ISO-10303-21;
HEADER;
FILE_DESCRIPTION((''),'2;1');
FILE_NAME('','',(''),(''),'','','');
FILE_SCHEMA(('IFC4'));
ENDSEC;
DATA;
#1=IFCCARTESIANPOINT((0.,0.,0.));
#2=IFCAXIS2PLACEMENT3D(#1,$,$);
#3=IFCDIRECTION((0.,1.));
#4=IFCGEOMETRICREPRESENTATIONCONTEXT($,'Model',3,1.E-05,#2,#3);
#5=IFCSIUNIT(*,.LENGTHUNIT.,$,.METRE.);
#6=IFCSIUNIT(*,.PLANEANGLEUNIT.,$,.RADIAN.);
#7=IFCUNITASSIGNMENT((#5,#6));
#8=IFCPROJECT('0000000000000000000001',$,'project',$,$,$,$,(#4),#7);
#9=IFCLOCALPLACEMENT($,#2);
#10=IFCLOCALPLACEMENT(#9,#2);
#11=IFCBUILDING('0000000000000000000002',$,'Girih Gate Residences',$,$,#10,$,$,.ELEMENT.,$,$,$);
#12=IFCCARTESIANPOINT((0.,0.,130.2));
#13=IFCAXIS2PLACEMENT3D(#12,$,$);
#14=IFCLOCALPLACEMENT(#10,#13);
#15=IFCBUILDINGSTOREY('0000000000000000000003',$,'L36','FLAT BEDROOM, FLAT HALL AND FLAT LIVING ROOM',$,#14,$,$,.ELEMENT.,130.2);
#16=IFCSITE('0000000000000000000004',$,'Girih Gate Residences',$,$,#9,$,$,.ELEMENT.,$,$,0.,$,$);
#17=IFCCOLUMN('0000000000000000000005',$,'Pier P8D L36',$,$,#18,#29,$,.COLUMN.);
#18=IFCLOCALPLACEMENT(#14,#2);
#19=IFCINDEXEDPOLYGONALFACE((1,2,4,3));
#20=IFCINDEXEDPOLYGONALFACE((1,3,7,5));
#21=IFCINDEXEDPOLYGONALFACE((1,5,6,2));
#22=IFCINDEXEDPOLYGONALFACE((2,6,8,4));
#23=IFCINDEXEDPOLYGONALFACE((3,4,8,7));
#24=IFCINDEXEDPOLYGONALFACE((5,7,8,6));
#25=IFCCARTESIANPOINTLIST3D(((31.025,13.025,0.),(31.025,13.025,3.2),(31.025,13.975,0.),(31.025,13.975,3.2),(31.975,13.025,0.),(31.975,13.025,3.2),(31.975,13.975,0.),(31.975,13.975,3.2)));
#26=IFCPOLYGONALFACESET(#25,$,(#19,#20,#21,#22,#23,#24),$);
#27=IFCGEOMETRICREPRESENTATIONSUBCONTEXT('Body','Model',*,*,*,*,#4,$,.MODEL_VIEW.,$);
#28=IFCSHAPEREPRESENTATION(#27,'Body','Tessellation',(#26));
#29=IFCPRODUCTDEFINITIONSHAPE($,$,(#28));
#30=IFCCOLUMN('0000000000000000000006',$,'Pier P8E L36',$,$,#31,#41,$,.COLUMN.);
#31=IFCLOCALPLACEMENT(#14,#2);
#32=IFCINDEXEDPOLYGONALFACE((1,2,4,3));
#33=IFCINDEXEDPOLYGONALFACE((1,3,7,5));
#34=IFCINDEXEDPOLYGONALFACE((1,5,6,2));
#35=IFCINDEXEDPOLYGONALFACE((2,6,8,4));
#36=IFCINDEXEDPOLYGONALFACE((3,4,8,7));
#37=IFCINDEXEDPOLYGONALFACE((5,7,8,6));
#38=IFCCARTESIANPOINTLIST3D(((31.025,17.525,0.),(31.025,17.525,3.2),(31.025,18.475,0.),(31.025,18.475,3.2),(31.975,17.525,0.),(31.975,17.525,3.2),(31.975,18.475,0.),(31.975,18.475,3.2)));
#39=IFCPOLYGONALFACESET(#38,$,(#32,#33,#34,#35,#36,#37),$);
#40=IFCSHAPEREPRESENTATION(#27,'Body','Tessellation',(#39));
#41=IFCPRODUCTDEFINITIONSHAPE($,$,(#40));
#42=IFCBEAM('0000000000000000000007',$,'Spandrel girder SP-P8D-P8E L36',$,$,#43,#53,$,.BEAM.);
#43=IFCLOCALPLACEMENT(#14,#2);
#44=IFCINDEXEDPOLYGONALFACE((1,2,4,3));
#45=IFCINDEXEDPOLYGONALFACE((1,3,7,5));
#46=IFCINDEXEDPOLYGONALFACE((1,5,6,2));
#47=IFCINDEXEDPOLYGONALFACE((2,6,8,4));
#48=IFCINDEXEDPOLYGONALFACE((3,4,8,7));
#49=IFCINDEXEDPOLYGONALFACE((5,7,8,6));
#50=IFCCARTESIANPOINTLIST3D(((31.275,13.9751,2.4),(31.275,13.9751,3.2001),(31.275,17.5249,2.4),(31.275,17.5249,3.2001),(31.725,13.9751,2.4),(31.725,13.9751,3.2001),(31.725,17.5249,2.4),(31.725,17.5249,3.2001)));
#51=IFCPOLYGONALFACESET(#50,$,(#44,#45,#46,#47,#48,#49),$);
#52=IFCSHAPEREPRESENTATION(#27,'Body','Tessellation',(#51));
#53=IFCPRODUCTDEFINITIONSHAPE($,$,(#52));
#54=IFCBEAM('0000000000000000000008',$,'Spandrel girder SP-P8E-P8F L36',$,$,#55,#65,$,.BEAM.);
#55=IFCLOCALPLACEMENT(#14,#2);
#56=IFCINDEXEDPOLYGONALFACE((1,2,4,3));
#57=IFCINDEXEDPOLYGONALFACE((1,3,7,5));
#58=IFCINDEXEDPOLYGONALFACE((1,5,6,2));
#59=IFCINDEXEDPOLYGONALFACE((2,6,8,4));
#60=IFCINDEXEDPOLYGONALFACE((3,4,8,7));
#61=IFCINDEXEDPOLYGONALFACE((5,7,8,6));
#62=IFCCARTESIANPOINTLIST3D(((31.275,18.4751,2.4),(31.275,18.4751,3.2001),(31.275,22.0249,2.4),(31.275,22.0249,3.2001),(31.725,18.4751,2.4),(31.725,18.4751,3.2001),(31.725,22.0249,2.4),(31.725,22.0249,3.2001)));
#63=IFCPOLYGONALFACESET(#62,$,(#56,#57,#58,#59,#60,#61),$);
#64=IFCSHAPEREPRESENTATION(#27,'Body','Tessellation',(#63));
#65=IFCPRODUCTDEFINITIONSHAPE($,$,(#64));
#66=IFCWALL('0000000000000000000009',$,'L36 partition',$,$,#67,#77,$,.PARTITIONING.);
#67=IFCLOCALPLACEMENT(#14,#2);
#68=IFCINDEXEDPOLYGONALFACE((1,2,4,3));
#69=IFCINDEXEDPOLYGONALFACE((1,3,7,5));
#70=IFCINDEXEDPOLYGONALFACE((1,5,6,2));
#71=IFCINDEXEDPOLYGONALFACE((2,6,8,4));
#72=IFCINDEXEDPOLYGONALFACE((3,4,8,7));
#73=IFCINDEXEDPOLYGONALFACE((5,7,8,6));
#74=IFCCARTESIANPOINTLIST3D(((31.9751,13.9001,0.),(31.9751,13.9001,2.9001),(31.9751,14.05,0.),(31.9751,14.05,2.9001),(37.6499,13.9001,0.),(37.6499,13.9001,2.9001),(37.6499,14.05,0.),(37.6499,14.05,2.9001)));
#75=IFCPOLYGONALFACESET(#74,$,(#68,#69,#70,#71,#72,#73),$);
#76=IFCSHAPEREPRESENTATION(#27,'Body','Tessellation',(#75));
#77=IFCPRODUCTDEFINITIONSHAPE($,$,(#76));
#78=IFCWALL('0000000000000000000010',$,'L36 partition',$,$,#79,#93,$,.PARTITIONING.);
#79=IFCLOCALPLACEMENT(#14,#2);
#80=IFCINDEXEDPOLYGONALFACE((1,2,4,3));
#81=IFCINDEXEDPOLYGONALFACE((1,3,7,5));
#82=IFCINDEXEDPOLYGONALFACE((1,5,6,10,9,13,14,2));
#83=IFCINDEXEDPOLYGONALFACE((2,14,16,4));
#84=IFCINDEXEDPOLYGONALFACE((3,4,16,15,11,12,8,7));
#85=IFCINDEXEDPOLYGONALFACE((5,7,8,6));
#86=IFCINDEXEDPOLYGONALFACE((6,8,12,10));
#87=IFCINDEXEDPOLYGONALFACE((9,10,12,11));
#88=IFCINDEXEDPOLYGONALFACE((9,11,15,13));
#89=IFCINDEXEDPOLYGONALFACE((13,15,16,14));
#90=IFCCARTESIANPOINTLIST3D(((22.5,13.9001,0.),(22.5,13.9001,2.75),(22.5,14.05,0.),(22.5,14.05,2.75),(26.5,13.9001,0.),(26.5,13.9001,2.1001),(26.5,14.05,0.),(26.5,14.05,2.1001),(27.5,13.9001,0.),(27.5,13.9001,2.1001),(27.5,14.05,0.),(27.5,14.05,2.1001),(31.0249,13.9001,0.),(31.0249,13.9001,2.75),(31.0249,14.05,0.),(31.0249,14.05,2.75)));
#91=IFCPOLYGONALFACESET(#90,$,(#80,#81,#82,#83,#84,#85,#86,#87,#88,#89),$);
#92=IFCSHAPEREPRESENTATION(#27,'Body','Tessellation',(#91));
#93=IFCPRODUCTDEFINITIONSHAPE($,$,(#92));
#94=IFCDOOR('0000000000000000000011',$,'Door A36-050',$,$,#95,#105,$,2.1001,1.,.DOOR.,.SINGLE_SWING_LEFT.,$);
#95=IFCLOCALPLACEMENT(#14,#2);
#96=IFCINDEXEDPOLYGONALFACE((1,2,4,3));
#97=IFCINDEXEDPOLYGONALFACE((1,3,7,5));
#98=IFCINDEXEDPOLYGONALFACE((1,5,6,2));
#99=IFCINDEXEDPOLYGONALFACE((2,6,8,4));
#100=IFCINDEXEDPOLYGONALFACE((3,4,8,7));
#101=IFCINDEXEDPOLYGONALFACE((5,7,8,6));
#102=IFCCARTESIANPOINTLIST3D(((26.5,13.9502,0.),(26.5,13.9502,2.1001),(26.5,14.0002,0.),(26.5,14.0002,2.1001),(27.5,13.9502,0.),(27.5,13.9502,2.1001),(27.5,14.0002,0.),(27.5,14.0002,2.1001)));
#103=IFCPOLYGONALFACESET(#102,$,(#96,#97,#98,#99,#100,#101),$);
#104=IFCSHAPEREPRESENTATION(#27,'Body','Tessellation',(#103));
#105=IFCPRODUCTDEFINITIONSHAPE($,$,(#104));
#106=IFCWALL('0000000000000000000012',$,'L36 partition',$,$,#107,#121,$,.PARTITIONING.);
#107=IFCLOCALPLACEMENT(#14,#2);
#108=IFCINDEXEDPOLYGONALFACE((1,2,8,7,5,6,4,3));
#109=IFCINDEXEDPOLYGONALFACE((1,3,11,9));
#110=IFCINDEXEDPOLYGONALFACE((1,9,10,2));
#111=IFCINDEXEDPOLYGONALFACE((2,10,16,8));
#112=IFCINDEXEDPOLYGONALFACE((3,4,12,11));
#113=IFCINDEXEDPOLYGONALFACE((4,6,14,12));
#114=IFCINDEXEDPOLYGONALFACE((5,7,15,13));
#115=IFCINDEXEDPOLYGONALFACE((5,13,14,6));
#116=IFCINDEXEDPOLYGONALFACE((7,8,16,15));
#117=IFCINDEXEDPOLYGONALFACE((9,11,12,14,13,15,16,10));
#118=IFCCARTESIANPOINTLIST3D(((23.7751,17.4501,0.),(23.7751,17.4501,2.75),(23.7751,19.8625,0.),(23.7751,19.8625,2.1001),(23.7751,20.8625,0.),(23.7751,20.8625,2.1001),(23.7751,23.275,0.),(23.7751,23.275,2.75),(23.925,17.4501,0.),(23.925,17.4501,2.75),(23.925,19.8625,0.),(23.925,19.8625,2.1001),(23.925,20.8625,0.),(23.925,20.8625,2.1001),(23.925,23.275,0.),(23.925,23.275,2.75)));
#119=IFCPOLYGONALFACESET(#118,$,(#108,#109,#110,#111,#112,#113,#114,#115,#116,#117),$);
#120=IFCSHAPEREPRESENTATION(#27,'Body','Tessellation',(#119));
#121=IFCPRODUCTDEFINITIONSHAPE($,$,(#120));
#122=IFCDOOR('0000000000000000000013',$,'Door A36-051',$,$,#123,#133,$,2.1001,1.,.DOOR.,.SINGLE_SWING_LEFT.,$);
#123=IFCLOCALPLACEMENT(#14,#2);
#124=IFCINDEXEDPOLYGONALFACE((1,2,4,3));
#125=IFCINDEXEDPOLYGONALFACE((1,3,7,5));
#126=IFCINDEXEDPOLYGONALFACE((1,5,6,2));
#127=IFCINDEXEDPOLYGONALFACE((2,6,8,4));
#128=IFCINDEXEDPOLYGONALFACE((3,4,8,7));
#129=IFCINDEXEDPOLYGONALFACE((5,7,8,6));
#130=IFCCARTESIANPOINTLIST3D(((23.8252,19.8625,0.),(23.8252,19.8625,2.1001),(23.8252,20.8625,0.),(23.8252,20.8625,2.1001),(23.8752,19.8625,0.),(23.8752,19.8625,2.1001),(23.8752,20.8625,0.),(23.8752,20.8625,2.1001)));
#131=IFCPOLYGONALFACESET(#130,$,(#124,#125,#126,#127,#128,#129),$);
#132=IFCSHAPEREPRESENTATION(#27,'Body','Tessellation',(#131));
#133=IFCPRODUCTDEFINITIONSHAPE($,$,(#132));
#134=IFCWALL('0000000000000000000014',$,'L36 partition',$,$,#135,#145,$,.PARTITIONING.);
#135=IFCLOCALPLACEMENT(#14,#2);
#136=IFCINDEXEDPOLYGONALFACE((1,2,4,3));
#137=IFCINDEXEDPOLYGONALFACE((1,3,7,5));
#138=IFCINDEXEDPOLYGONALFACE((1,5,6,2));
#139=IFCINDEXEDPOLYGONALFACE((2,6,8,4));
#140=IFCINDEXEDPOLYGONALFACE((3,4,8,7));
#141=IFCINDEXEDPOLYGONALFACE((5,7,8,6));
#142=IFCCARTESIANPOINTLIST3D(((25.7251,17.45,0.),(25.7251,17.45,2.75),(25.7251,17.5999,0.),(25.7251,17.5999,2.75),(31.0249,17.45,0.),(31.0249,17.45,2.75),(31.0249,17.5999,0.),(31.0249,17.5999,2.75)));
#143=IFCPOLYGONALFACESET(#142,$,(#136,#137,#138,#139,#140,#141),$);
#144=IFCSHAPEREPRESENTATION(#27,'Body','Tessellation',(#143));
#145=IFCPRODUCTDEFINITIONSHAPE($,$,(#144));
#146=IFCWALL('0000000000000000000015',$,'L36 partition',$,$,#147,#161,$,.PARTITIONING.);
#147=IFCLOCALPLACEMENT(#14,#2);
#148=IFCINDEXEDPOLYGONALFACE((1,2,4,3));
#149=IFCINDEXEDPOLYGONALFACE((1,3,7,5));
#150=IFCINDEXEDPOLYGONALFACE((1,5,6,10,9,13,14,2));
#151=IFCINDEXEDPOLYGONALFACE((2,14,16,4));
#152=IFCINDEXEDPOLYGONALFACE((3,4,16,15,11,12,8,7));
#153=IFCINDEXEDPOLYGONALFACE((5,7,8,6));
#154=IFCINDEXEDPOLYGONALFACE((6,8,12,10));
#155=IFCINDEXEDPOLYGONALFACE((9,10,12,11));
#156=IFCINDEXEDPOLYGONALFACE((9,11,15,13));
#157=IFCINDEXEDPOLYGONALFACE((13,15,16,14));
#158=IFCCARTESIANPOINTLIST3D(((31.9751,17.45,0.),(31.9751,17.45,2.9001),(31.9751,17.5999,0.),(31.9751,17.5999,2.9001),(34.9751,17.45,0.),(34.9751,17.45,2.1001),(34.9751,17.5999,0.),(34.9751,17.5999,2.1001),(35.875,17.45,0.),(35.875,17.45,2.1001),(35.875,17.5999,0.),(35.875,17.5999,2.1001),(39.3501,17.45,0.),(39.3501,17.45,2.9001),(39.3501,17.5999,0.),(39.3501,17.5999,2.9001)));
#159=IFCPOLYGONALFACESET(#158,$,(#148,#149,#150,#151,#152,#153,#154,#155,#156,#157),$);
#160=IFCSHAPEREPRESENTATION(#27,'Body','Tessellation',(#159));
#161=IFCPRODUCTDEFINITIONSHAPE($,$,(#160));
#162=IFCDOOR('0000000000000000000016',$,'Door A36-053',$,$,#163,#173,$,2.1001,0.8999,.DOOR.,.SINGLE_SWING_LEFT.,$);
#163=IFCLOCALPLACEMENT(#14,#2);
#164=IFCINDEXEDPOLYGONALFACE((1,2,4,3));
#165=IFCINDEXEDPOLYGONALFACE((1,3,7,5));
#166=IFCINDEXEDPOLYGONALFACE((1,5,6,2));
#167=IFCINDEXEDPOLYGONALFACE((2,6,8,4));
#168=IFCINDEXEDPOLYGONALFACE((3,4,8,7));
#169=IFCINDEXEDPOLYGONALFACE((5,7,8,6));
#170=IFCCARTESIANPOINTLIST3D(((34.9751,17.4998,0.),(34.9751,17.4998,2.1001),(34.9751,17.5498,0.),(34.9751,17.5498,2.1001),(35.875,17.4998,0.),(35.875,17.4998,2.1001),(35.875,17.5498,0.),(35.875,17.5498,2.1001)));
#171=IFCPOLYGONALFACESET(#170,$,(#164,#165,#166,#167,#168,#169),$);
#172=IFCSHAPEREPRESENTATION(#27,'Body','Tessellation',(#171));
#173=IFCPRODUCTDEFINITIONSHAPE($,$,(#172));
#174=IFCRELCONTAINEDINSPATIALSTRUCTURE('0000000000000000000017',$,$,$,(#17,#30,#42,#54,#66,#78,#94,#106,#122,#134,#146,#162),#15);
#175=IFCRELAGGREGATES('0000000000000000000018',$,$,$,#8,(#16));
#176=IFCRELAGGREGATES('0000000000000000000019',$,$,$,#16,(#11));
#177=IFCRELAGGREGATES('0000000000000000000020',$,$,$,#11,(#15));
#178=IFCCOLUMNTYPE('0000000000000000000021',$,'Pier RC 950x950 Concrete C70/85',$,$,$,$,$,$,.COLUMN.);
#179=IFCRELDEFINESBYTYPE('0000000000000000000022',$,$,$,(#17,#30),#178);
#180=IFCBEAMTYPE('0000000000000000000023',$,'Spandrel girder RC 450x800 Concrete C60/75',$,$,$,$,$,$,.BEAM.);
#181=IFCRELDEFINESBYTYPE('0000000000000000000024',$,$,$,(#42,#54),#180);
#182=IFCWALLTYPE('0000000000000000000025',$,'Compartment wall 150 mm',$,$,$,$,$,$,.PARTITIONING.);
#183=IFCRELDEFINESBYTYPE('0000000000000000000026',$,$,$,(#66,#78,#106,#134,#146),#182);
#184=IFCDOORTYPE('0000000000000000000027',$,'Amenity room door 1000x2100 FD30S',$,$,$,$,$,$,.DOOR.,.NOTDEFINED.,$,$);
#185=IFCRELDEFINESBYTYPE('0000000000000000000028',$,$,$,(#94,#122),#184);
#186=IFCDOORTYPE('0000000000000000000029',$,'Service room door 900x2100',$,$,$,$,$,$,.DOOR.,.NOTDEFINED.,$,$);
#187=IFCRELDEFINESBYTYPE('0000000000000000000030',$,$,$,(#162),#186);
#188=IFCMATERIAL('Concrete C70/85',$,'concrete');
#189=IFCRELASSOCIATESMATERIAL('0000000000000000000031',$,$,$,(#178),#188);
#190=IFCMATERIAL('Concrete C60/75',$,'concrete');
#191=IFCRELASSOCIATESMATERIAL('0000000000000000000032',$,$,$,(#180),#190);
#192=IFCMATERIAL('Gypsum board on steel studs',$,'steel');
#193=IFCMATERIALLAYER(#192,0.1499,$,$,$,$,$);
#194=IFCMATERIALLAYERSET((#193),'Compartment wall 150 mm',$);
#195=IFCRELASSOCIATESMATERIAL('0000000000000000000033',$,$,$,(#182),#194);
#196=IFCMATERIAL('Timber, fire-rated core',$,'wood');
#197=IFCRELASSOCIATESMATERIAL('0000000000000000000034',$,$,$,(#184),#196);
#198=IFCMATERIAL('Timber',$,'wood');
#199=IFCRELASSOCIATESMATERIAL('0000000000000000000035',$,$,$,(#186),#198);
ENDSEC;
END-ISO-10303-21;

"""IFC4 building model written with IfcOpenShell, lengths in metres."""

from ifc_helpers import new_model, si_unit, direction, frame, frame_2d, origin, origin_2d, place, context, subcontext, project, spatial, rectangle, extrude, material, layer, layer_set, material_profile, profile_set, type_object, element, fill, save


model = new_model("IFC4")

# Units and contexts
model_context = context("Model", 3, precision=1e-05, world=origin(), true_north=direction((0.0, 1.0)))
body_context = subcontext(model_context, "Body", "Model", "MODEL_VIEW")
ifc_project = project(units=[si_unit("LENGTHUNIT", "METRE"), si_unit("PLANEANGLEUNIT", "RADIAN")], contexts=[model_context])

# Site, building, storey
site_placement = place(None, origin())
site = spatial("IfcSite", under=ifc_project, at=site_placement, Name="Girih Gate Residences", CompositionType="ELEMENT", RefElevation=0.0)
building_placement = place(site_placement, origin())
building = spatial("IfcBuilding", under=site, at=building_placement, Name="Girih Gate Residences", CompositionType="ELEMENT")
storey_placement = place(building_placement, frame((0.0, 0.0, 130.2)))
storey = spatial("IfcBuildingStorey", under=building, at=storey_placement, Name="L36", Description="FLAT BEDROOM, FLAT HALL AND FLAT LIVING ROOM", CompositionType="ELEMENT", Elevation=130.2)

# Columns
ifc_material_1 = material(Name="Concrete C70/85", Category="concrete")
ifc_material_profile_1 = material_profile(ifc_material_1, rectangle(XDim=0.95, YDim=0.95, at=origin_2d()))
ifc_profile_set_1 = profile_set([ifc_material_profile_1], Name="Concrete C70/85")
column_type = type_object("IfcColumnType", Name="Pier RC 950x950 Concrete C70/85", PredefinedType="COLUMN", material=ifc_profile_set_1)
for number, where, z_axis, x_axis, name in (
    (1, (31.5, 13.5, 0.0), (0.0, 0.0, 1.0), (1.0, 0.0, 0.0), "Pier P8D L36"),
    (2, (31.5, 18.0, 0.0), (0.0, 0.0, 1.0), (1.0, 0.0, 0.0), "Pier P8E L36"),
):
    element("IfcColumn", number, at=place(storey_placement, frame(where, z_axis=z_axis, x_axis=x_axis)), inside=storey, type_object=column_type, Name=name, PredefinedType="COLUMN", context=body_context, shape_type="SweptSolid", body=[
        extrude(rectangle(XDim=0.95, YDim=0.95, at=origin_2d()), origin(), (0.0, 0.0, 1.0), 3.2),
    ])

# Beams
ifc_material_2 = material(Name="Concrete C60/75", Category="concrete")
ifc_material_profile_2 = material_profile(ifc_material_2, rectangle(XDim=0.45, YDim=0.8, at=origin_2d()))
ifc_profile_set_2 = profile_set([ifc_material_profile_2], Name="Concrete C60/75")
beam_type = type_object("IfcBeamType", Name="Spandrel girder RC 450x800 Concrete C60/75", PredefinedType="BEAM", material=ifc_profile_set_2)
for number, where, z_axis, x_axis, name in (
    (3, (31.5, 13.9751, 2.8), (0.0, 1.0, 0.0), (-1.0, 0.0, 0.0), "Spandrel girder SP-P8D-P8E L36"),
    (4, (31.5, 18.4751, 2.8), (0.0, 1.0, 0.0), (-1.0, 0.0, 0.0), "Spandrel girder SP-P8E-P8F L36"),
):
    element("IfcBeam", number, at=place(storey_placement, frame(where, z_axis=z_axis, x_axis=x_axis)), inside=storey, type_object=beam_type, Name=name, PredefinedType="BEAM", context=body_context, shape_type="SweptSolid", body=[
        extrude(rectangle(XDim=0.45, YDim=0.8, at=origin_2d()), origin(), (0.0, 0.0, 1.0), 3.5498),
    ])

# Wall
ifc_material_3 = material(Name="Gypsum board on steel studs", Category="steel")
ifc_layer_1 = layer(ifc_material_3, 0.1499)
ifc_layer_set_1 = layer_set([ifc_layer_1], Name="Compartment wall 150 mm")
wall_type_1 = type_object("IfcWallType", Name="Compartment wall 150 mm", PredefinedType="PARTITIONING", material=ifc_layer_set_1)
wall_1_placement = place(storey_placement, frame((31.9751, 13.9751, 0.0), z_axis=(0.0, 0.0, 1.0), x_axis=(1.0, 0.0, 0.0)))
element("IfcWall", 5, at=wall_1_placement, inside=storey, type_object=wall_type_1, Name="L36 partition", PredefinedType="PARTITIONING", context=body_context, shape_type="SweptSolid", body=[
    extrude(rectangle(XDim=5.6748, YDim=0.1499, at=frame_2d((2.8374, 0.0))), origin(), (0.0, 0.0, 1.0), 2.9001),
])

# Walls, openings, doors
wall_2_placement = place(storey_placement, frame((31.0249, 13.9751, 0.0), z_axis=(0.0, 0.0, 1.0), x_axis=(-1.0, 0.0, 0.0)))
wall_2 = element("IfcWall", 6, at=wall_2_placement, inside=storey, type_object=wall_type_1, Name="L36 partition", PredefinedType="PARTITIONING", context=body_context, shape_type="SweptSolid", body=[
    extrude(rectangle(XDim=8.5249, YDim=0.1499, at=frame_2d((4.2625, 0.0))), origin(), (0.0, 0.0, 1.0), 2.75),
])
opening_1_placement = place(wall_2_placement, frame((3.5249, 0.0, 0.0)))
opening_1 = element("IfcOpeningElement", 7, at=opening_1_placement, cuts=wall_2, PredefinedType="OPENING", context=body_context, shape_type="SweptSolid", body=[
    extrude(rectangle(XDim=1.0, YDim=2.1001, at=frame_2d((0.5, 1.05))), frame((0.0, 0.085, 0.0), z_axis=(0.0, -1.0, 0.0), x_axis=(1.0, 0.0, 0.0)), (0.0, 0.0, 1.0), 0.1699),
])
ifc_material_4 = material(Name="Timber, fire-rated core", Category="wood")
door_type_1 = type_object("IfcDoorType", Name="Amenity room door 1000x2100 FD30S", OperationType="NOTDEFINED", PredefinedType="DOOR", material=ifc_material_4)
door_1_placement = place(opening_1_placement, origin())
door_1 = element("IfcDoor", 8, at=door_1_placement, inside=storey, type_object=door_type_1, Name="Door A36-050", OperationType="SINGLE_SWING_LEFT", OverallHeight=2.1001, OverallWidth=1.0, PredefinedType="DOOR", context=body_context, shape_type="SweptSolid", body=[
    extrude(rectangle(XDim=1.0, YDim=2.1001, at=frame_2d((0.5, 1.05))), frame((0.0, 0.0249, 0.0), z_axis=(0.0, -1.0, 0.0), x_axis=(1.0, 0.0, 0.0)), (0.0, 0.0, 1.0), 0.05),
])
fill(opening_1, door_1)
wall_3_placement = place(storey_placement, frame((23.8501, 17.45, 0.0), z_axis=(0.0, 0.0, 1.0), x_axis=(0.0, 1.0, 0.0)))
wall_3 = element("IfcWall", 9, at=wall_3_placement, inside=storey, type_object=wall_type_1, Name="L36 partition", PredefinedType="PARTITIONING", context=body_context, shape_type="SweptSolid", body=[
    extrude(rectangle(XDim=5.825, YDim=0.1499, at=frame_2d((2.9126, 0.0))), origin(), (0.0, 0.0, 1.0), 2.75),
])
opening_2_placement = place(wall_3_placement, frame((2.4126, 0.0, 0.0)))
opening_2 = element("IfcOpeningElement", 10, at=opening_2_placement, cuts=wall_3, PredefinedType="OPENING", context=body_context, shape_type="SweptSolid", body=[
    extrude(rectangle(XDim=1.0, YDim=2.1001, at=frame_2d((0.5, 1.05))), frame((0.0, 0.085, 0.0), z_axis=(0.0, -1.0, 0.0), x_axis=(1.0, 0.0, 0.0)), (0.0, 0.0, 1.0), 0.1699),
])
door_2_placement = place(opening_2_placement, origin())
door_2 = element("IfcDoor", 11, at=door_2_placement, inside=storey, type_object=door_type_1, Name="Door A36-051", OperationType="SINGLE_SWING_LEFT", OverallHeight=2.1001, OverallWidth=1.0, PredefinedType="DOOR", context=body_context, shape_type="SweptSolid", body=[
    extrude(rectangle(XDim=1.0, YDim=2.1001, at=frame_2d((0.5, 1.05))), frame((0.0, 0.0249, 0.0), z_axis=(0.0, -1.0, 0.0), x_axis=(1.0, 0.0, 0.0)), (0.0, 0.0, 1.0), 0.05),
])
fill(opening_2, door_2)

# Wall
wall_4_placement = place(storey_placement, frame((25.7251, 17.5249, 0.0), z_axis=(0.0, 0.0, 1.0), x_axis=(1.0, 0.0, 0.0)))
element("IfcWall", 12, at=wall_4_placement, inside=storey, type_object=wall_type_1, Name="L36 partition", PredefinedType="PARTITIONING", context=body_context, shape_type="SweptSolid", body=[
    extrude(rectangle(XDim=5.2998, YDim=0.1499, at=frame_2d((2.6499, 0.0))), origin(), (0.0, 0.0, 1.0), 2.75),
])

# Wall, opening, door
wall_5_placement = place(storey_placement, frame((31.9751, 17.5249, 0.0), z_axis=(0.0, 0.0, 1.0), x_axis=(1.0, 0.0, 0.0)))
wall_5 = element("IfcWall", 13, at=wall_5_placement, inside=storey, type_object=wall_type_1, Name="L36 partition", PredefinedType="PARTITIONING", context=body_context, shape_type="SweptSolid", body=[
    extrude(rectangle(XDim=7.375, YDim=0.1499, at=frame_2d((3.6875, 0.0))), origin(), (0.0, 0.0, 1.0), 2.9001),
])
opening_3_placement = place(wall_5_placement, frame((3.0, 0.0, 0.0)))
opening_3 = element("IfcOpeningElement", 14, at=opening_3_placement, cuts=wall_5, PredefinedType="OPENING", context=body_context, shape_type="SweptSolid", body=[
    extrude(rectangle(XDim=0.8999, YDim=2.1001, at=frame_2d((0.45, 1.05))), frame((0.0, 0.085, 0.0), z_axis=(0.0, -1.0, 0.0), x_axis=(1.0, 0.0, 0.0)), (0.0, 0.0, 1.0), 0.1699),
])
ifc_material_5 = material(Name="Timber", Category="wood")
door_type_2 = type_object("IfcDoorType", Name="Service room door 900x2100", OperationType="NOTDEFINED", PredefinedType="DOOR", material=ifc_material_5)
door_3_placement = place(opening_3_placement, origin())
door_3 = element("IfcDoor", 15, at=door_3_placement, inside=storey, type_object=door_type_2, Name="Door A36-053", OperationType="SINGLE_SWING_LEFT", OverallHeight=2.1001, OverallWidth=0.8999, PredefinedType="DOOR", context=body_context, shape_type="SweptSolid", body=[
    extrude(rectangle(XDim=0.8999, YDim=2.1001, at=frame_2d((0.45, 1.05))), frame((0.0, 0.0249, 0.0), z_axis=(0.0, -1.0, 0.0), x_axis=(1.0, 0.0, 0.0)), (0.0, 0.0, 1.0), 0.05),
])
fill(opening_3, door_3)

save(model, "model.ifc")
